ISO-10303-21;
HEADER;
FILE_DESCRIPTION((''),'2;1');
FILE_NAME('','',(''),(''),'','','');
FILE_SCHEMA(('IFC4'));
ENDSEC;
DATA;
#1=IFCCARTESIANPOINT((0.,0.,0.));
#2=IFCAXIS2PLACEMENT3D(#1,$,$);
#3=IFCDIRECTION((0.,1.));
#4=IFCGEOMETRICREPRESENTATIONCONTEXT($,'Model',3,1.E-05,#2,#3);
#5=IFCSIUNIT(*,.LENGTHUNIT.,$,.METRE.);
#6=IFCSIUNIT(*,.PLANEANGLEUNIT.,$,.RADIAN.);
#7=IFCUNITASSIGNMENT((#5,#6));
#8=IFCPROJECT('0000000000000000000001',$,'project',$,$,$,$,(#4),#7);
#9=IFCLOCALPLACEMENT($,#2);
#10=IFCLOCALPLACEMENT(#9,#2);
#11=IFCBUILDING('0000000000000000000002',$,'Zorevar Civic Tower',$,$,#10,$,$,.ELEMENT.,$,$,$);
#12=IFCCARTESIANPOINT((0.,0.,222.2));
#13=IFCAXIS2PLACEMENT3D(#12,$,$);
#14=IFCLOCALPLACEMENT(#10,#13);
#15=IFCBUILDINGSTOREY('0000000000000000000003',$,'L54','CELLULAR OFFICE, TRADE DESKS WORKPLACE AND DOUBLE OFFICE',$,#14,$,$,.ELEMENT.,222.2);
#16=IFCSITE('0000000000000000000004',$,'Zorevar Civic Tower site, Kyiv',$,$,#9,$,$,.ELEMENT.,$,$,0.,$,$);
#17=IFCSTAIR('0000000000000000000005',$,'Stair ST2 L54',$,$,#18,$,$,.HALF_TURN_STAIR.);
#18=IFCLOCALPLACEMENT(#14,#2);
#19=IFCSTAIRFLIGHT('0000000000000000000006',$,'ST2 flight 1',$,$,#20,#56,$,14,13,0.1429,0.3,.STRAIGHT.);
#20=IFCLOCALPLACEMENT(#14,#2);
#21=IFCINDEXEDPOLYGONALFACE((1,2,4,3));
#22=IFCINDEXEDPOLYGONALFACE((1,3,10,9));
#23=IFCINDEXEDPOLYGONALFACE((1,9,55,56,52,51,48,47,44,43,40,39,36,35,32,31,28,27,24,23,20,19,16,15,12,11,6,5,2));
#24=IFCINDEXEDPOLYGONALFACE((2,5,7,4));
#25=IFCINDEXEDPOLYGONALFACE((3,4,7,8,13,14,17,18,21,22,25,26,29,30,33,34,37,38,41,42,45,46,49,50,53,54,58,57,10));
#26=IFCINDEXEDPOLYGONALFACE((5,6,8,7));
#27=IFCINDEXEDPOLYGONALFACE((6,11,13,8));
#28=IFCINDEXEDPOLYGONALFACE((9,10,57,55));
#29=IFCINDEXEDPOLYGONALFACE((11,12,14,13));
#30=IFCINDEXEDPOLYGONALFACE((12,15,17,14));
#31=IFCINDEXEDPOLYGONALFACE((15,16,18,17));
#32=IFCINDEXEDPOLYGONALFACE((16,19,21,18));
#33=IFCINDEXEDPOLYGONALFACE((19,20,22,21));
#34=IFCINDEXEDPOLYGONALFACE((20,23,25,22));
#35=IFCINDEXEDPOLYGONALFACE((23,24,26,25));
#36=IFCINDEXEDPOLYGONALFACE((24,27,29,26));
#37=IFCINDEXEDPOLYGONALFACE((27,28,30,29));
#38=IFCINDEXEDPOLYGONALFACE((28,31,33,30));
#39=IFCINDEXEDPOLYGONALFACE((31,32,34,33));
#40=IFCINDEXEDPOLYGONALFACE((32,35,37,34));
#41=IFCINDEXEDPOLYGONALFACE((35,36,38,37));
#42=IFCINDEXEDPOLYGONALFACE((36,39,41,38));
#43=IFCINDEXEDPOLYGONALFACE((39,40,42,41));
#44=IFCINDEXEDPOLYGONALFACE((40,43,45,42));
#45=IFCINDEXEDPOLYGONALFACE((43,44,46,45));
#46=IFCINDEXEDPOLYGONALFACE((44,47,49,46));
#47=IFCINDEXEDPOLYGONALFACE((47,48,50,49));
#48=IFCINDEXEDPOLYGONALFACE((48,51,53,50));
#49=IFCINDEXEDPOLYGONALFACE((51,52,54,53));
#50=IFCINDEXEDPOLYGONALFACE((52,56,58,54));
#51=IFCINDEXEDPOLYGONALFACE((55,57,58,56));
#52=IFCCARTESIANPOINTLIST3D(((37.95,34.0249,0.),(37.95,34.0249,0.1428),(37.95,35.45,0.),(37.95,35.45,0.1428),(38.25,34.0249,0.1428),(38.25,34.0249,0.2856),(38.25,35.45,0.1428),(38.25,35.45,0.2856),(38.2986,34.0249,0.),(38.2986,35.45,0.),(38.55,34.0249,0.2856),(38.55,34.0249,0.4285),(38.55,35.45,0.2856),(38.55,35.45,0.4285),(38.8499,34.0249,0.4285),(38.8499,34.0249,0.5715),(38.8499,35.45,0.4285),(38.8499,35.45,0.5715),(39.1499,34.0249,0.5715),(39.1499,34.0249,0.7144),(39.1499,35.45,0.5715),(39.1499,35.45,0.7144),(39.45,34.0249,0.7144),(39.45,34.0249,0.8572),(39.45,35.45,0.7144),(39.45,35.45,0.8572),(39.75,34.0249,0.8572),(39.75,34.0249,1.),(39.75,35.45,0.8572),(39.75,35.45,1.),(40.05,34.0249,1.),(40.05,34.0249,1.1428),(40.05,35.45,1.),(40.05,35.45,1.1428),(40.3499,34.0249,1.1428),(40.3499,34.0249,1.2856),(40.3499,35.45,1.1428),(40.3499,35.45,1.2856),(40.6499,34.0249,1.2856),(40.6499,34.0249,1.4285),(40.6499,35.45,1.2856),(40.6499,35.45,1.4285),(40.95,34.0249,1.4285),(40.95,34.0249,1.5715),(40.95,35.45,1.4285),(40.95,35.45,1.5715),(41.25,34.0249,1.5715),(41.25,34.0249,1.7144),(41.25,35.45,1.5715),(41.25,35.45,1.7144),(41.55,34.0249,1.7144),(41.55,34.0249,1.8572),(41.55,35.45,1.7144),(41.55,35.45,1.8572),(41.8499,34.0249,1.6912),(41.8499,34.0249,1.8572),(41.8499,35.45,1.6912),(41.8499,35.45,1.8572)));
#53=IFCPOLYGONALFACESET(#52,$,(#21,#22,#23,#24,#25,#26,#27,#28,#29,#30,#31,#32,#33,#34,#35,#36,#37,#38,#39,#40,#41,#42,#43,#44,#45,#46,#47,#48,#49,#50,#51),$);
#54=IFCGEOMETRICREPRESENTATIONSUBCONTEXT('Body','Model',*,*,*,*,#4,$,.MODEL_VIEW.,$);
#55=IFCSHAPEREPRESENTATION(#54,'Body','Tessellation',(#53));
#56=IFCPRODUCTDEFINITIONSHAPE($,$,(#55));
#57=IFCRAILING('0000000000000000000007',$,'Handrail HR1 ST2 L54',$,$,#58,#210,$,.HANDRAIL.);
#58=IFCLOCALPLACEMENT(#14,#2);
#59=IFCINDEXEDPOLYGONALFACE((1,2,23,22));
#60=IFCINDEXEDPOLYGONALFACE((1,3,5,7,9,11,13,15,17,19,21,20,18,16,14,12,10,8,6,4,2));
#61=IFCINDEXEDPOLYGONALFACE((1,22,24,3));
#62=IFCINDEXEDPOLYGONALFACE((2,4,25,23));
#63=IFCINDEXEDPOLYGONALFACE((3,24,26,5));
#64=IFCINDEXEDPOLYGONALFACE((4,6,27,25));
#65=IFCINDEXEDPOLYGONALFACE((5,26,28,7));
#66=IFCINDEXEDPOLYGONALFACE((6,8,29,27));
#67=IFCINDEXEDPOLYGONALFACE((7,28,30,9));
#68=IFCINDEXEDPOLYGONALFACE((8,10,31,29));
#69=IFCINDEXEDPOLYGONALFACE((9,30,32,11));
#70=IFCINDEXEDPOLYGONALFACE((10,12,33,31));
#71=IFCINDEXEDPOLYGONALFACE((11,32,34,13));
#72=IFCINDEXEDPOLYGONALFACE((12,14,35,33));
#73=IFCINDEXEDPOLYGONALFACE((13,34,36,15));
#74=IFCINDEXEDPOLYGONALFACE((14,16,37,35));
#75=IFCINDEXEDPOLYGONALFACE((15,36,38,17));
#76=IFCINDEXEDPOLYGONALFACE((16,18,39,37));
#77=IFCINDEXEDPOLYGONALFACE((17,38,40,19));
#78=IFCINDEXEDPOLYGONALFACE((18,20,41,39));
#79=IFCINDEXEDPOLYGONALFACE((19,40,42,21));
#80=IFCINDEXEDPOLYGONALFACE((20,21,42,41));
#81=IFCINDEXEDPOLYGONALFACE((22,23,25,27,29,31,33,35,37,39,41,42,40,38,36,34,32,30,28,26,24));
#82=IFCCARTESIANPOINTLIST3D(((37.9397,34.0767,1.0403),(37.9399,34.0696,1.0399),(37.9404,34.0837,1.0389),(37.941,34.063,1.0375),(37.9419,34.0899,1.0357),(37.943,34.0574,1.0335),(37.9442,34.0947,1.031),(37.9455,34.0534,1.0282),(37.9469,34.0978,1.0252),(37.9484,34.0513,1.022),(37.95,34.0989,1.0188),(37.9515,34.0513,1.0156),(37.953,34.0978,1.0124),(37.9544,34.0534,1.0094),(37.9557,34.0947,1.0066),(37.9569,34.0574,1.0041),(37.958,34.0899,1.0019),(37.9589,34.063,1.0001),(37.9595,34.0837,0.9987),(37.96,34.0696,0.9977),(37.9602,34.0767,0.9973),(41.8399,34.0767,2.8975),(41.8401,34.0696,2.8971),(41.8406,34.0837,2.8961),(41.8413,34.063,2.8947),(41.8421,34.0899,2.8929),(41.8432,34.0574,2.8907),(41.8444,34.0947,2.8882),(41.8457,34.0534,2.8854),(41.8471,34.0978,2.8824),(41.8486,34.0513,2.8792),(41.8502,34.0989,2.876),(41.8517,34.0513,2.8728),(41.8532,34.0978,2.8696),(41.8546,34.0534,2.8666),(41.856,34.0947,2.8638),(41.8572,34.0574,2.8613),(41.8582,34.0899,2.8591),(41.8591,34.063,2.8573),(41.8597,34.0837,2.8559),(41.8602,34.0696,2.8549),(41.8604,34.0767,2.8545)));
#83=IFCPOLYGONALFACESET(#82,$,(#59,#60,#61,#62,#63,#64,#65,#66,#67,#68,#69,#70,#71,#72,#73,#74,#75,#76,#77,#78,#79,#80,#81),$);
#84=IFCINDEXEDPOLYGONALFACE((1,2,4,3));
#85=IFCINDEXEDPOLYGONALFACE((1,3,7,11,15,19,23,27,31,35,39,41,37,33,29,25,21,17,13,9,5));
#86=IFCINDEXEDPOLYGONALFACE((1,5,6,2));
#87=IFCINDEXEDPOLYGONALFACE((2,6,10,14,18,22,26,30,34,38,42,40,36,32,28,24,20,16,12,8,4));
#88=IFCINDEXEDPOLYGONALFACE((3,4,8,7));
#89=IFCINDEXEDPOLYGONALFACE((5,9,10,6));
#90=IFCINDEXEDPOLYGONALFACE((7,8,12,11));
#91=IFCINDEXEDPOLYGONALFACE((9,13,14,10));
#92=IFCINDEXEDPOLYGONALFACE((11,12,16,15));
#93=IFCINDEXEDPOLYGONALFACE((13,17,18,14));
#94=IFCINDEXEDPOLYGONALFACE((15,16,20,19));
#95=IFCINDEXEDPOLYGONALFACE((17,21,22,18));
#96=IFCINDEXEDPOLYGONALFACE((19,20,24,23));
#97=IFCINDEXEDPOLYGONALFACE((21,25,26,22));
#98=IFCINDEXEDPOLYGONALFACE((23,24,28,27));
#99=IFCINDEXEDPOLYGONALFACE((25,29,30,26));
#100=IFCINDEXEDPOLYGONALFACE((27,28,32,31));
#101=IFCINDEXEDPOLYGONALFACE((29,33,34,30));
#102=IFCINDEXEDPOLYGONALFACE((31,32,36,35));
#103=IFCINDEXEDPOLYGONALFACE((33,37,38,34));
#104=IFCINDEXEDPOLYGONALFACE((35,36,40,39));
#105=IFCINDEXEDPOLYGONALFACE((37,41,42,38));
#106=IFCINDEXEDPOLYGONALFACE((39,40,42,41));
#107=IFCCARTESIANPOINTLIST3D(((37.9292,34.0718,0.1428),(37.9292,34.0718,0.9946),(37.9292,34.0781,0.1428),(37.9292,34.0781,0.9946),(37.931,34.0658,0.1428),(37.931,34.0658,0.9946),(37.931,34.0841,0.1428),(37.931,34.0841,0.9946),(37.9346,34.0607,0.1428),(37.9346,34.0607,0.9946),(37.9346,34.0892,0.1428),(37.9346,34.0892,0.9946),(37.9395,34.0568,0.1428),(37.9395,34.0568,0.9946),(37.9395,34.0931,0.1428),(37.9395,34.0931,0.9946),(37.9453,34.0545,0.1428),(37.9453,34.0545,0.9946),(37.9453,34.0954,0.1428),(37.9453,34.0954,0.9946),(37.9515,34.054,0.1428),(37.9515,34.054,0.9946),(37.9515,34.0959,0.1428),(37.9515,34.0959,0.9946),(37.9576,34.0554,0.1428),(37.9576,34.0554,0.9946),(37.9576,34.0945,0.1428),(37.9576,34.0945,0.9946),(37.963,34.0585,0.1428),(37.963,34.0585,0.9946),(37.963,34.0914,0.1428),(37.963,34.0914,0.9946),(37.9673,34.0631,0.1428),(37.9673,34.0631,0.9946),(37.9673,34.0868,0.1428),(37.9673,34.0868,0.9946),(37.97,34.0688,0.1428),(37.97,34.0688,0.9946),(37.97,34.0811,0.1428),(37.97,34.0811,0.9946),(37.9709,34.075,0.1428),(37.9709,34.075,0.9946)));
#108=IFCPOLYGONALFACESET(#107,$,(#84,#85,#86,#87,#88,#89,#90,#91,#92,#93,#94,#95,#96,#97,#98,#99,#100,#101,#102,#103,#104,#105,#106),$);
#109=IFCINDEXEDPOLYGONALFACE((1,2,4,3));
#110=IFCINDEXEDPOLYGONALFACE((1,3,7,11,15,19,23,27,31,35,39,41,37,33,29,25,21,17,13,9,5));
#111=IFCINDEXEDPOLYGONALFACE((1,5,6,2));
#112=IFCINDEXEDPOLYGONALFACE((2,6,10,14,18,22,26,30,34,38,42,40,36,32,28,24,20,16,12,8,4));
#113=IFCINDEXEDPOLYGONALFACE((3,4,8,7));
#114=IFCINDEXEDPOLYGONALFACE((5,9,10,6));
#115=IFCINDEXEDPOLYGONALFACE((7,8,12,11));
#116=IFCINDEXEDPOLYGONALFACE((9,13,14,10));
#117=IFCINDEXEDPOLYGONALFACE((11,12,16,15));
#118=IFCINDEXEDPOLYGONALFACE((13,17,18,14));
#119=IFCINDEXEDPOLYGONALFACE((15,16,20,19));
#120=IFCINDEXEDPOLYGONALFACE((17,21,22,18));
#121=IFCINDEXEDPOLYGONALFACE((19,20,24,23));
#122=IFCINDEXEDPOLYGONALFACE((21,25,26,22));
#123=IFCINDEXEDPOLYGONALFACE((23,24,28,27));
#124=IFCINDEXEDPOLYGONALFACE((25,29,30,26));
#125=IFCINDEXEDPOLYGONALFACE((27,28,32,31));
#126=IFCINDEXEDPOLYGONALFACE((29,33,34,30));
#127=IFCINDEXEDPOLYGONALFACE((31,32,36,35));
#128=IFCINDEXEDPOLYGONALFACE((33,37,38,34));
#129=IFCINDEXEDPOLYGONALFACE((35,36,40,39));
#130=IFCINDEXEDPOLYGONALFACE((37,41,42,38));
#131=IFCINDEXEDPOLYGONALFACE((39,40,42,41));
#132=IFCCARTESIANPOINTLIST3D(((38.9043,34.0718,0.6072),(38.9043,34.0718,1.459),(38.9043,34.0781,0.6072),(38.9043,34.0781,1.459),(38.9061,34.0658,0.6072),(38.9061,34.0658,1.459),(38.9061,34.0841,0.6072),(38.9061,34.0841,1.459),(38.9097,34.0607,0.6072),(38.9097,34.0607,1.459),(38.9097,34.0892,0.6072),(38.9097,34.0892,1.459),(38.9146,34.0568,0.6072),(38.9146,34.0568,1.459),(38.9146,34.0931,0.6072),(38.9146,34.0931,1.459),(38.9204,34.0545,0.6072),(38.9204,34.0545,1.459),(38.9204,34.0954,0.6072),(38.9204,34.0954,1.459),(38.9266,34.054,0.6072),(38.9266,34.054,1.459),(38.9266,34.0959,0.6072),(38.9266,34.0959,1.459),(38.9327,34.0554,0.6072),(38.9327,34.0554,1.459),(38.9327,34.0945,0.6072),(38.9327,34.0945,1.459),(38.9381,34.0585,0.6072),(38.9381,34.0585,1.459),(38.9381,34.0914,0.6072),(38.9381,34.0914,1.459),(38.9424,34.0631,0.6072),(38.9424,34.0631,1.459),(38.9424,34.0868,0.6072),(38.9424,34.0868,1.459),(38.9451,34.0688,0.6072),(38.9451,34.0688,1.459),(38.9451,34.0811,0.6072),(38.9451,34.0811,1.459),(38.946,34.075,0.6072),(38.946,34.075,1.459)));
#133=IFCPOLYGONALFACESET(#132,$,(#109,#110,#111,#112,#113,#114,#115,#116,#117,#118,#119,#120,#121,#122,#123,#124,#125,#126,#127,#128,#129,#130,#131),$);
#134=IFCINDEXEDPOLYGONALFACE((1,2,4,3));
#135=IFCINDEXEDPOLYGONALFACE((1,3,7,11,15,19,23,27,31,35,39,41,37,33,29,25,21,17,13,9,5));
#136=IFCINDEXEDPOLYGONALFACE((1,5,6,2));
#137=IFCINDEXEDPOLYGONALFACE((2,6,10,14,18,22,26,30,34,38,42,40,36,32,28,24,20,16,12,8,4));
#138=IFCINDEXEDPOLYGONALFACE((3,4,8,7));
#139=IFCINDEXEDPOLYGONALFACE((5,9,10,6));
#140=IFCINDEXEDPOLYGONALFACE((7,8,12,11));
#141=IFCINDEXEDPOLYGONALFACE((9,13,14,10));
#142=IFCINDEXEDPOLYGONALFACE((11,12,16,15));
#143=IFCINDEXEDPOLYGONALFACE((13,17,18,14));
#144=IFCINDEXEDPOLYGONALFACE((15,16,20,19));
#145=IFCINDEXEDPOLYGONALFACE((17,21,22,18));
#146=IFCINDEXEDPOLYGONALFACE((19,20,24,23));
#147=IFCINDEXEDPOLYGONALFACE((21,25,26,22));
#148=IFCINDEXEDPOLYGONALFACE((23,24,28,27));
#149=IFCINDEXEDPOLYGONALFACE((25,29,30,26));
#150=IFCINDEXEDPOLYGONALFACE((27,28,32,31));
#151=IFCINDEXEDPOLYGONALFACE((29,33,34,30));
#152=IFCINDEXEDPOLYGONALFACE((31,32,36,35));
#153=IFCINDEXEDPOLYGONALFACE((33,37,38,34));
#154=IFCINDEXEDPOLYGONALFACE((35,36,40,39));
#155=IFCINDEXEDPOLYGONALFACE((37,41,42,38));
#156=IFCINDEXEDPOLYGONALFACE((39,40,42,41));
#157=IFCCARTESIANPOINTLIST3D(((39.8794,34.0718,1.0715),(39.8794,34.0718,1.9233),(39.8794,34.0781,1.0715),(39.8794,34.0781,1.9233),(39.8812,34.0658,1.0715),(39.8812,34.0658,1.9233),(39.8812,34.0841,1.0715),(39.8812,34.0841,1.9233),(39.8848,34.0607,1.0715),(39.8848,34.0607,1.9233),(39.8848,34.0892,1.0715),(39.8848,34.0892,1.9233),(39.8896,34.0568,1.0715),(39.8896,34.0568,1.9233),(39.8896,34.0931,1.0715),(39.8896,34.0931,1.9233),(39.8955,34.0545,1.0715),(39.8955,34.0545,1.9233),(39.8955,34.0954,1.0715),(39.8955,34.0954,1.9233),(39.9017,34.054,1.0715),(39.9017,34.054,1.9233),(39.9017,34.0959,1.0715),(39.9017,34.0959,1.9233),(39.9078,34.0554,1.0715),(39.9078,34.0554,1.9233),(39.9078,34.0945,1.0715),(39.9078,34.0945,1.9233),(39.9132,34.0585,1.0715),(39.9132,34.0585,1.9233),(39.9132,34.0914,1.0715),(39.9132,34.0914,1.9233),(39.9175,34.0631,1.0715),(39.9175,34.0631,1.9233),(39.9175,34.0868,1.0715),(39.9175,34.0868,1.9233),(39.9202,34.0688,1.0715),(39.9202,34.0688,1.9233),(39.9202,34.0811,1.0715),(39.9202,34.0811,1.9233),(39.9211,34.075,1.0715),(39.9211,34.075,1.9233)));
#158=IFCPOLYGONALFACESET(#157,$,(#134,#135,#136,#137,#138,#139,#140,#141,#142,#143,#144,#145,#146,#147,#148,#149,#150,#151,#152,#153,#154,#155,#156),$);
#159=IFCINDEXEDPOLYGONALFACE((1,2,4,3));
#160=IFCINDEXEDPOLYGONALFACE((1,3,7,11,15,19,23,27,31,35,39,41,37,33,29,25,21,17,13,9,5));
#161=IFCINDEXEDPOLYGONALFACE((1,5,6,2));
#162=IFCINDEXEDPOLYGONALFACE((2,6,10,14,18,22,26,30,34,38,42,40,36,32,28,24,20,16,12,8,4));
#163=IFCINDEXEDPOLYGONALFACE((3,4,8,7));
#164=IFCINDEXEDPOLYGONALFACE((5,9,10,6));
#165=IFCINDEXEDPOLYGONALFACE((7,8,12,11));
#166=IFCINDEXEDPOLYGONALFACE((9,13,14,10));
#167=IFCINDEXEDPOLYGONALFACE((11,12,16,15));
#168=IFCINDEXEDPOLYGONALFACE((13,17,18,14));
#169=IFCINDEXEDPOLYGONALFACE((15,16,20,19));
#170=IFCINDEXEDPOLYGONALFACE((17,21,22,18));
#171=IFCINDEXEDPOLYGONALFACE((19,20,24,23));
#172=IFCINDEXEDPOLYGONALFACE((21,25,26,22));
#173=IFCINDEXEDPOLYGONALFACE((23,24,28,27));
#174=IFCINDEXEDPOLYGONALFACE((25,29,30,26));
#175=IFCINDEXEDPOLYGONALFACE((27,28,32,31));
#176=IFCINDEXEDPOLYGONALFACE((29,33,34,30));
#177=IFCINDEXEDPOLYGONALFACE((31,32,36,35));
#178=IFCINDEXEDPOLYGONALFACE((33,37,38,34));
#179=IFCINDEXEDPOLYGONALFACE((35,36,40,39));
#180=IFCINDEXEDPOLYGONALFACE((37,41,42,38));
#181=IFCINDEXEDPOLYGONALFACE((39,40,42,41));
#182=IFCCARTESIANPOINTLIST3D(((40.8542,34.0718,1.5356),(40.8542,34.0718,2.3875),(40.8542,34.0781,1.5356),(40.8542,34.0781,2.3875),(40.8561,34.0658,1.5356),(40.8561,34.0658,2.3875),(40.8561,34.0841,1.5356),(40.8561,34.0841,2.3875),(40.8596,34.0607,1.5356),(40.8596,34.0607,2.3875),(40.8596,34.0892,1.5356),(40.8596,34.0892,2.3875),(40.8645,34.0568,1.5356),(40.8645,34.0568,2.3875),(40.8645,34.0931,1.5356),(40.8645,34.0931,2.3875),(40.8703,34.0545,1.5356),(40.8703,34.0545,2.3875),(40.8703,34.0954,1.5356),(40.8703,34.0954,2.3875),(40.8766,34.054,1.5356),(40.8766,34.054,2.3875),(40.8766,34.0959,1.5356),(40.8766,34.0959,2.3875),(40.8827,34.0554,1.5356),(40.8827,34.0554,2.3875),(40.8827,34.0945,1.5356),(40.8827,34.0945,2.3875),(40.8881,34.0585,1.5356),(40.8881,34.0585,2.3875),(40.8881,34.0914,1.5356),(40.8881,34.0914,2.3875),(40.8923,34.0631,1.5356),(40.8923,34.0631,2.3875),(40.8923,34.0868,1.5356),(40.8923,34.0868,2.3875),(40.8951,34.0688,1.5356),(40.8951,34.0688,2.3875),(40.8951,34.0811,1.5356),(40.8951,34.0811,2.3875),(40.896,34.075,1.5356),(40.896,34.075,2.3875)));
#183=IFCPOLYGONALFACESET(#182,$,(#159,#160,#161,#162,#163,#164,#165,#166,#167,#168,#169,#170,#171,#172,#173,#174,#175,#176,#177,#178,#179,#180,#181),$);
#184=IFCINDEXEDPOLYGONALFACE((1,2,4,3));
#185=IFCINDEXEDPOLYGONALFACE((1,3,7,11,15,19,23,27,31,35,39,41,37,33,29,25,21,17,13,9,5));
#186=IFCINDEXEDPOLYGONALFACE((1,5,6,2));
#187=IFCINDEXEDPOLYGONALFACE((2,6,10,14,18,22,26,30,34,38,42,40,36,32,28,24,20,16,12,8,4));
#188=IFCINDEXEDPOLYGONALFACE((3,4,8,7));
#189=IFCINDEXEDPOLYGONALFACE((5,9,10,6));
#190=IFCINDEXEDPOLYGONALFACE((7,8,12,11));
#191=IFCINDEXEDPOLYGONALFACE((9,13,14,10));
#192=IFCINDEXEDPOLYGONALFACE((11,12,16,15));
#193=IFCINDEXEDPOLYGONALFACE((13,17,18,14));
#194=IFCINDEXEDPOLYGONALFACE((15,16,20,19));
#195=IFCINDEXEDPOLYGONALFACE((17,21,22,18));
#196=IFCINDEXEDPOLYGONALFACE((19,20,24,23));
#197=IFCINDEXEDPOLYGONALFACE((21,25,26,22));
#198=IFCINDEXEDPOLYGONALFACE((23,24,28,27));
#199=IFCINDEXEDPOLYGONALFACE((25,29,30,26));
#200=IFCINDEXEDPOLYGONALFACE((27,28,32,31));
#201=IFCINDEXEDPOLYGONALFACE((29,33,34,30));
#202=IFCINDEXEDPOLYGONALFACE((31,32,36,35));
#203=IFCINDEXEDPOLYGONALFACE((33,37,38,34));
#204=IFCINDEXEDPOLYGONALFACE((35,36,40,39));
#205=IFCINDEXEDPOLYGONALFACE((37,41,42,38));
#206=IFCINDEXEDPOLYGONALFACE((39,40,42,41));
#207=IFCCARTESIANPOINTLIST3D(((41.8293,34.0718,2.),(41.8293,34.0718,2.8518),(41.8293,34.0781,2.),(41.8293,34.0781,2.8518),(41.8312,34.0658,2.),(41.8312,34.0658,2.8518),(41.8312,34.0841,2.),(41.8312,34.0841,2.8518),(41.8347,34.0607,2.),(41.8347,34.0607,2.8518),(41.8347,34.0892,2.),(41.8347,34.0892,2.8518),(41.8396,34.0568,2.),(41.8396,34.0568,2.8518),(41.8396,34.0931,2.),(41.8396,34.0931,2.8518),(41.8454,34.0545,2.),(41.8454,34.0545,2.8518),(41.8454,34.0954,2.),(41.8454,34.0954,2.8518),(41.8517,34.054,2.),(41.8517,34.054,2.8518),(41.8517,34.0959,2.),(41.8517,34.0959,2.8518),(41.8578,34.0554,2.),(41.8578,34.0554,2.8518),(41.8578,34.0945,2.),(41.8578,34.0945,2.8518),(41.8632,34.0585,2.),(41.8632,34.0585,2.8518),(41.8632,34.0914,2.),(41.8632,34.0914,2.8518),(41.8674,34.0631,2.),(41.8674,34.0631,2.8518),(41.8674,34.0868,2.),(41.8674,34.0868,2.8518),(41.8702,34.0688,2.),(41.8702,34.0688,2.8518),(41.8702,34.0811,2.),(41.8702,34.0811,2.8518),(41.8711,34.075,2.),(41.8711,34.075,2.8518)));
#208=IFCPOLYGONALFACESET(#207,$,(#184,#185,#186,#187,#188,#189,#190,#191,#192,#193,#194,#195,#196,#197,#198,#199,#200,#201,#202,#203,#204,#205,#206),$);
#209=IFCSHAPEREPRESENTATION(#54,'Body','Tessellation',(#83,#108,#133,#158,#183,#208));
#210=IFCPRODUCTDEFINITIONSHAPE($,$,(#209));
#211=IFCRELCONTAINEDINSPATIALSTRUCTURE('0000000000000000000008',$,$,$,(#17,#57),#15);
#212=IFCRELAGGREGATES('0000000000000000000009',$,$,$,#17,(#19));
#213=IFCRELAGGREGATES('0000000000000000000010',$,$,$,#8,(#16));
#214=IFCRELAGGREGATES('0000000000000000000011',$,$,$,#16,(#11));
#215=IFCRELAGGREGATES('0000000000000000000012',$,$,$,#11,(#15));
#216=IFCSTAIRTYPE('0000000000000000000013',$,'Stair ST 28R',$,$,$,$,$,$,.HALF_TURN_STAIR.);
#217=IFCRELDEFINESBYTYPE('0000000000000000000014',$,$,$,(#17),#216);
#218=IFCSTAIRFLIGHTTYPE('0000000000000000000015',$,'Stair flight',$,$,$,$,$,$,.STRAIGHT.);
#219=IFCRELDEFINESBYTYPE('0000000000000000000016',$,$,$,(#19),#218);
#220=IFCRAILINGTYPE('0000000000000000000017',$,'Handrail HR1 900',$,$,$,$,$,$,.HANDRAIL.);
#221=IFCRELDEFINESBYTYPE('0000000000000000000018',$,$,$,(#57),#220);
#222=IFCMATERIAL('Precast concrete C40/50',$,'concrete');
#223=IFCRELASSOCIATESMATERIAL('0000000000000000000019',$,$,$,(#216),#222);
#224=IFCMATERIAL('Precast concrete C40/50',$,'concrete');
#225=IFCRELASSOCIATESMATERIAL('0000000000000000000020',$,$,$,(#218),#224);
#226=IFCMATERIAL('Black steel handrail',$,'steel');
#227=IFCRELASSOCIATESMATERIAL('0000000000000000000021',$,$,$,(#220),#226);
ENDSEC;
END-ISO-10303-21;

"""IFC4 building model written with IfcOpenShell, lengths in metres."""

from ifc_helpers import new_model, si_unit, direction, frame, origin, origin_2d, place, context, subcontext, project, spatial, polyline, circle, outline, extrude, material, type_object, element, aggregate, save


model = new_model("IFC4")

# Units and contexts
model_context = context("Model", 3, precision=1e-05, world=origin(), true_north=direction((0.0, 1.0)))
body_context = subcontext(model_context, "Body", "Model", "MODEL_VIEW")
ifc_project = project(units=[si_unit("LENGTHUNIT", "METRE"), si_unit("PLANEANGLEUNIT", "RADIAN")], contexts=[model_context])

# Site, building, storey
site_placement = place(None, origin())
site = spatial("IfcSite", under=ifc_project, at=site_placement, Name="Zorevar Civic Tower site, Kyiv", CompositionType="ELEMENT", RefElevation=0.0)
building_placement = place(site_placement, origin())
building = spatial("IfcBuilding", under=site, at=building_placement, Name="Zorevar Civic Tower", CompositionType="ELEMENT")
storey_placement = place(building_placement, frame((0.0, 0.0, 222.2)))
storey = spatial("IfcBuildingStorey", under=building, at=storey_placement, Name="L54", Description="CELLULAR OFFICE, TRADE DESKS WORKPLACE AND DOUBLE OFFICE", CompositionType="ELEMENT", Elevation=222.2)

# Stair, stair flight
ifc_material_1 = material(Name="Precast concrete C40/50", Category="concrete")
stair_type = type_object("IfcStairType", Name="Stair ST 28R", PredefinedType="HALF_TURN_STAIR", material=ifc_material_1)
ifc_material_2 = material(Name="Precast concrete C40/50", Category="concrete")
stair_flight_type = type_object("IfcStairFlightType", Name="Stair flight", PredefinedType="STRAIGHT", material=ifc_material_2)
stair_1_placement = place(storey_placement, origin())
stair_1 = element("IfcStair", 1, at=stair_1_placement, inside=storey, type_object=stair_type, Name="Stair ST2 L54", PredefinedType="HALF_TURN_STAIR")
stair_flight_1_placement = place(storey_placement, frame((37.95, 34.7375, 0.0), z_axis=(0.0, 0.0, 1.0), x_axis=(1.0, 0.0, 0.0)))
stair_flight_1 = element("IfcStairFlight", 2, at=stair_flight_1_placement, type_object=stair_flight_type, Name="ST2 flight 1", NumberOfRisers=14, NumberOfTreads=13, PredefinedType="STRAIGHT", RiserHeight=0.1429, TreadLength=0.3, context=body_context, shape_type="SweptSolid", body=[
    extrude(outline(polyline([(0.0, 0.0), (0.0, 0.1428), (0.3, 0.1428), (0.3, 0.2856), (0.6001, 0.2856), (0.6001, 0.4285), (0.8999, 0.4285), (0.8999, 0.5715), (1.2, 0.5715), (1.2, 0.7144), (1.5, 0.7144), (1.5, 0.8572), (1.8, 0.8572), (1.8, 1.0), (2.1001, 1.0), (2.1001, 1.1428), (2.3999, 1.1428), (2.3999, 1.2856), (2.7, 1.2856), (2.7, 1.4285), (3.0, 1.4285), (3.0, 1.5715), (3.3, 1.5715), (3.3, 1.7144), (3.6001, 1.7144), (3.6001, 1.8572), (3.8999, 1.8572), (3.8999, 2.0), (3.8999, 1.6912), (0.3486, 0.0), (0.0, 0.0)])), frame((0.0, 0.7124, 0.0), z_axis=(0.0, -1.0, 0.0), x_axis=(1.0, 0.0, 0.0)), (0.0, 0.0, 1.0), 1.425),
])
aggregate(stair_1, [stair_flight_1])

# Railing
ifc_material_3 = material(Name="Black steel handrail", Category="steel")
railing_type = type_object("IfcRailingType", Name="Handrail HR1 900", PredefinedType="HANDRAIL", material=ifc_material_3)
railing_placement = place(storey_placement, frame((37.95, 34.075, 0.1428)))
element("IfcRailing", 3, at=railing_placement, inside=storey, type_object=railing_type, Name="Handrail HR1 ST2 L54", PredefinedType="HANDRAIL", context=body_context, shape_type="SweptSolid", body=[
    extrude(circle(Radius=0.0239, at=origin_2d()), frame((0.0, 0.0, 0.876), z_axis=(0.902864, 0.0, 0.429927), x_axis=(0.0, 1.0, 0.0)), (0.0, 0.0, 1.0), 4.3198),
    extrude(circle(Radius=0.021, at=origin_2d()), origin(), (0.0, 0.0, 1.0), 0.8518),
    extrude(circle(Radius=0.021, at=origin_2d()), frame((0.9751, 0.0, 0.4644)), (0.0, 0.0, 1.0), 0.8518),
    extrude(circle(Radius=0.021, at=origin_2d()), frame((1.9502, 0.0, 0.9287)), (0.0, 0.0, 1.0), 0.8518),
    extrude(circle(Radius=0.021, at=origin_2d()), frame((2.925, 0.0, 1.3928)), (0.0, 0.0, 1.0), 0.8518),
    extrude(circle(Radius=0.021, at=origin_2d()), frame((3.9001, 0.0, 1.8572)), (0.0, 0.0, 1.0), 0.8518),
])

save(model, "model.ifc")
